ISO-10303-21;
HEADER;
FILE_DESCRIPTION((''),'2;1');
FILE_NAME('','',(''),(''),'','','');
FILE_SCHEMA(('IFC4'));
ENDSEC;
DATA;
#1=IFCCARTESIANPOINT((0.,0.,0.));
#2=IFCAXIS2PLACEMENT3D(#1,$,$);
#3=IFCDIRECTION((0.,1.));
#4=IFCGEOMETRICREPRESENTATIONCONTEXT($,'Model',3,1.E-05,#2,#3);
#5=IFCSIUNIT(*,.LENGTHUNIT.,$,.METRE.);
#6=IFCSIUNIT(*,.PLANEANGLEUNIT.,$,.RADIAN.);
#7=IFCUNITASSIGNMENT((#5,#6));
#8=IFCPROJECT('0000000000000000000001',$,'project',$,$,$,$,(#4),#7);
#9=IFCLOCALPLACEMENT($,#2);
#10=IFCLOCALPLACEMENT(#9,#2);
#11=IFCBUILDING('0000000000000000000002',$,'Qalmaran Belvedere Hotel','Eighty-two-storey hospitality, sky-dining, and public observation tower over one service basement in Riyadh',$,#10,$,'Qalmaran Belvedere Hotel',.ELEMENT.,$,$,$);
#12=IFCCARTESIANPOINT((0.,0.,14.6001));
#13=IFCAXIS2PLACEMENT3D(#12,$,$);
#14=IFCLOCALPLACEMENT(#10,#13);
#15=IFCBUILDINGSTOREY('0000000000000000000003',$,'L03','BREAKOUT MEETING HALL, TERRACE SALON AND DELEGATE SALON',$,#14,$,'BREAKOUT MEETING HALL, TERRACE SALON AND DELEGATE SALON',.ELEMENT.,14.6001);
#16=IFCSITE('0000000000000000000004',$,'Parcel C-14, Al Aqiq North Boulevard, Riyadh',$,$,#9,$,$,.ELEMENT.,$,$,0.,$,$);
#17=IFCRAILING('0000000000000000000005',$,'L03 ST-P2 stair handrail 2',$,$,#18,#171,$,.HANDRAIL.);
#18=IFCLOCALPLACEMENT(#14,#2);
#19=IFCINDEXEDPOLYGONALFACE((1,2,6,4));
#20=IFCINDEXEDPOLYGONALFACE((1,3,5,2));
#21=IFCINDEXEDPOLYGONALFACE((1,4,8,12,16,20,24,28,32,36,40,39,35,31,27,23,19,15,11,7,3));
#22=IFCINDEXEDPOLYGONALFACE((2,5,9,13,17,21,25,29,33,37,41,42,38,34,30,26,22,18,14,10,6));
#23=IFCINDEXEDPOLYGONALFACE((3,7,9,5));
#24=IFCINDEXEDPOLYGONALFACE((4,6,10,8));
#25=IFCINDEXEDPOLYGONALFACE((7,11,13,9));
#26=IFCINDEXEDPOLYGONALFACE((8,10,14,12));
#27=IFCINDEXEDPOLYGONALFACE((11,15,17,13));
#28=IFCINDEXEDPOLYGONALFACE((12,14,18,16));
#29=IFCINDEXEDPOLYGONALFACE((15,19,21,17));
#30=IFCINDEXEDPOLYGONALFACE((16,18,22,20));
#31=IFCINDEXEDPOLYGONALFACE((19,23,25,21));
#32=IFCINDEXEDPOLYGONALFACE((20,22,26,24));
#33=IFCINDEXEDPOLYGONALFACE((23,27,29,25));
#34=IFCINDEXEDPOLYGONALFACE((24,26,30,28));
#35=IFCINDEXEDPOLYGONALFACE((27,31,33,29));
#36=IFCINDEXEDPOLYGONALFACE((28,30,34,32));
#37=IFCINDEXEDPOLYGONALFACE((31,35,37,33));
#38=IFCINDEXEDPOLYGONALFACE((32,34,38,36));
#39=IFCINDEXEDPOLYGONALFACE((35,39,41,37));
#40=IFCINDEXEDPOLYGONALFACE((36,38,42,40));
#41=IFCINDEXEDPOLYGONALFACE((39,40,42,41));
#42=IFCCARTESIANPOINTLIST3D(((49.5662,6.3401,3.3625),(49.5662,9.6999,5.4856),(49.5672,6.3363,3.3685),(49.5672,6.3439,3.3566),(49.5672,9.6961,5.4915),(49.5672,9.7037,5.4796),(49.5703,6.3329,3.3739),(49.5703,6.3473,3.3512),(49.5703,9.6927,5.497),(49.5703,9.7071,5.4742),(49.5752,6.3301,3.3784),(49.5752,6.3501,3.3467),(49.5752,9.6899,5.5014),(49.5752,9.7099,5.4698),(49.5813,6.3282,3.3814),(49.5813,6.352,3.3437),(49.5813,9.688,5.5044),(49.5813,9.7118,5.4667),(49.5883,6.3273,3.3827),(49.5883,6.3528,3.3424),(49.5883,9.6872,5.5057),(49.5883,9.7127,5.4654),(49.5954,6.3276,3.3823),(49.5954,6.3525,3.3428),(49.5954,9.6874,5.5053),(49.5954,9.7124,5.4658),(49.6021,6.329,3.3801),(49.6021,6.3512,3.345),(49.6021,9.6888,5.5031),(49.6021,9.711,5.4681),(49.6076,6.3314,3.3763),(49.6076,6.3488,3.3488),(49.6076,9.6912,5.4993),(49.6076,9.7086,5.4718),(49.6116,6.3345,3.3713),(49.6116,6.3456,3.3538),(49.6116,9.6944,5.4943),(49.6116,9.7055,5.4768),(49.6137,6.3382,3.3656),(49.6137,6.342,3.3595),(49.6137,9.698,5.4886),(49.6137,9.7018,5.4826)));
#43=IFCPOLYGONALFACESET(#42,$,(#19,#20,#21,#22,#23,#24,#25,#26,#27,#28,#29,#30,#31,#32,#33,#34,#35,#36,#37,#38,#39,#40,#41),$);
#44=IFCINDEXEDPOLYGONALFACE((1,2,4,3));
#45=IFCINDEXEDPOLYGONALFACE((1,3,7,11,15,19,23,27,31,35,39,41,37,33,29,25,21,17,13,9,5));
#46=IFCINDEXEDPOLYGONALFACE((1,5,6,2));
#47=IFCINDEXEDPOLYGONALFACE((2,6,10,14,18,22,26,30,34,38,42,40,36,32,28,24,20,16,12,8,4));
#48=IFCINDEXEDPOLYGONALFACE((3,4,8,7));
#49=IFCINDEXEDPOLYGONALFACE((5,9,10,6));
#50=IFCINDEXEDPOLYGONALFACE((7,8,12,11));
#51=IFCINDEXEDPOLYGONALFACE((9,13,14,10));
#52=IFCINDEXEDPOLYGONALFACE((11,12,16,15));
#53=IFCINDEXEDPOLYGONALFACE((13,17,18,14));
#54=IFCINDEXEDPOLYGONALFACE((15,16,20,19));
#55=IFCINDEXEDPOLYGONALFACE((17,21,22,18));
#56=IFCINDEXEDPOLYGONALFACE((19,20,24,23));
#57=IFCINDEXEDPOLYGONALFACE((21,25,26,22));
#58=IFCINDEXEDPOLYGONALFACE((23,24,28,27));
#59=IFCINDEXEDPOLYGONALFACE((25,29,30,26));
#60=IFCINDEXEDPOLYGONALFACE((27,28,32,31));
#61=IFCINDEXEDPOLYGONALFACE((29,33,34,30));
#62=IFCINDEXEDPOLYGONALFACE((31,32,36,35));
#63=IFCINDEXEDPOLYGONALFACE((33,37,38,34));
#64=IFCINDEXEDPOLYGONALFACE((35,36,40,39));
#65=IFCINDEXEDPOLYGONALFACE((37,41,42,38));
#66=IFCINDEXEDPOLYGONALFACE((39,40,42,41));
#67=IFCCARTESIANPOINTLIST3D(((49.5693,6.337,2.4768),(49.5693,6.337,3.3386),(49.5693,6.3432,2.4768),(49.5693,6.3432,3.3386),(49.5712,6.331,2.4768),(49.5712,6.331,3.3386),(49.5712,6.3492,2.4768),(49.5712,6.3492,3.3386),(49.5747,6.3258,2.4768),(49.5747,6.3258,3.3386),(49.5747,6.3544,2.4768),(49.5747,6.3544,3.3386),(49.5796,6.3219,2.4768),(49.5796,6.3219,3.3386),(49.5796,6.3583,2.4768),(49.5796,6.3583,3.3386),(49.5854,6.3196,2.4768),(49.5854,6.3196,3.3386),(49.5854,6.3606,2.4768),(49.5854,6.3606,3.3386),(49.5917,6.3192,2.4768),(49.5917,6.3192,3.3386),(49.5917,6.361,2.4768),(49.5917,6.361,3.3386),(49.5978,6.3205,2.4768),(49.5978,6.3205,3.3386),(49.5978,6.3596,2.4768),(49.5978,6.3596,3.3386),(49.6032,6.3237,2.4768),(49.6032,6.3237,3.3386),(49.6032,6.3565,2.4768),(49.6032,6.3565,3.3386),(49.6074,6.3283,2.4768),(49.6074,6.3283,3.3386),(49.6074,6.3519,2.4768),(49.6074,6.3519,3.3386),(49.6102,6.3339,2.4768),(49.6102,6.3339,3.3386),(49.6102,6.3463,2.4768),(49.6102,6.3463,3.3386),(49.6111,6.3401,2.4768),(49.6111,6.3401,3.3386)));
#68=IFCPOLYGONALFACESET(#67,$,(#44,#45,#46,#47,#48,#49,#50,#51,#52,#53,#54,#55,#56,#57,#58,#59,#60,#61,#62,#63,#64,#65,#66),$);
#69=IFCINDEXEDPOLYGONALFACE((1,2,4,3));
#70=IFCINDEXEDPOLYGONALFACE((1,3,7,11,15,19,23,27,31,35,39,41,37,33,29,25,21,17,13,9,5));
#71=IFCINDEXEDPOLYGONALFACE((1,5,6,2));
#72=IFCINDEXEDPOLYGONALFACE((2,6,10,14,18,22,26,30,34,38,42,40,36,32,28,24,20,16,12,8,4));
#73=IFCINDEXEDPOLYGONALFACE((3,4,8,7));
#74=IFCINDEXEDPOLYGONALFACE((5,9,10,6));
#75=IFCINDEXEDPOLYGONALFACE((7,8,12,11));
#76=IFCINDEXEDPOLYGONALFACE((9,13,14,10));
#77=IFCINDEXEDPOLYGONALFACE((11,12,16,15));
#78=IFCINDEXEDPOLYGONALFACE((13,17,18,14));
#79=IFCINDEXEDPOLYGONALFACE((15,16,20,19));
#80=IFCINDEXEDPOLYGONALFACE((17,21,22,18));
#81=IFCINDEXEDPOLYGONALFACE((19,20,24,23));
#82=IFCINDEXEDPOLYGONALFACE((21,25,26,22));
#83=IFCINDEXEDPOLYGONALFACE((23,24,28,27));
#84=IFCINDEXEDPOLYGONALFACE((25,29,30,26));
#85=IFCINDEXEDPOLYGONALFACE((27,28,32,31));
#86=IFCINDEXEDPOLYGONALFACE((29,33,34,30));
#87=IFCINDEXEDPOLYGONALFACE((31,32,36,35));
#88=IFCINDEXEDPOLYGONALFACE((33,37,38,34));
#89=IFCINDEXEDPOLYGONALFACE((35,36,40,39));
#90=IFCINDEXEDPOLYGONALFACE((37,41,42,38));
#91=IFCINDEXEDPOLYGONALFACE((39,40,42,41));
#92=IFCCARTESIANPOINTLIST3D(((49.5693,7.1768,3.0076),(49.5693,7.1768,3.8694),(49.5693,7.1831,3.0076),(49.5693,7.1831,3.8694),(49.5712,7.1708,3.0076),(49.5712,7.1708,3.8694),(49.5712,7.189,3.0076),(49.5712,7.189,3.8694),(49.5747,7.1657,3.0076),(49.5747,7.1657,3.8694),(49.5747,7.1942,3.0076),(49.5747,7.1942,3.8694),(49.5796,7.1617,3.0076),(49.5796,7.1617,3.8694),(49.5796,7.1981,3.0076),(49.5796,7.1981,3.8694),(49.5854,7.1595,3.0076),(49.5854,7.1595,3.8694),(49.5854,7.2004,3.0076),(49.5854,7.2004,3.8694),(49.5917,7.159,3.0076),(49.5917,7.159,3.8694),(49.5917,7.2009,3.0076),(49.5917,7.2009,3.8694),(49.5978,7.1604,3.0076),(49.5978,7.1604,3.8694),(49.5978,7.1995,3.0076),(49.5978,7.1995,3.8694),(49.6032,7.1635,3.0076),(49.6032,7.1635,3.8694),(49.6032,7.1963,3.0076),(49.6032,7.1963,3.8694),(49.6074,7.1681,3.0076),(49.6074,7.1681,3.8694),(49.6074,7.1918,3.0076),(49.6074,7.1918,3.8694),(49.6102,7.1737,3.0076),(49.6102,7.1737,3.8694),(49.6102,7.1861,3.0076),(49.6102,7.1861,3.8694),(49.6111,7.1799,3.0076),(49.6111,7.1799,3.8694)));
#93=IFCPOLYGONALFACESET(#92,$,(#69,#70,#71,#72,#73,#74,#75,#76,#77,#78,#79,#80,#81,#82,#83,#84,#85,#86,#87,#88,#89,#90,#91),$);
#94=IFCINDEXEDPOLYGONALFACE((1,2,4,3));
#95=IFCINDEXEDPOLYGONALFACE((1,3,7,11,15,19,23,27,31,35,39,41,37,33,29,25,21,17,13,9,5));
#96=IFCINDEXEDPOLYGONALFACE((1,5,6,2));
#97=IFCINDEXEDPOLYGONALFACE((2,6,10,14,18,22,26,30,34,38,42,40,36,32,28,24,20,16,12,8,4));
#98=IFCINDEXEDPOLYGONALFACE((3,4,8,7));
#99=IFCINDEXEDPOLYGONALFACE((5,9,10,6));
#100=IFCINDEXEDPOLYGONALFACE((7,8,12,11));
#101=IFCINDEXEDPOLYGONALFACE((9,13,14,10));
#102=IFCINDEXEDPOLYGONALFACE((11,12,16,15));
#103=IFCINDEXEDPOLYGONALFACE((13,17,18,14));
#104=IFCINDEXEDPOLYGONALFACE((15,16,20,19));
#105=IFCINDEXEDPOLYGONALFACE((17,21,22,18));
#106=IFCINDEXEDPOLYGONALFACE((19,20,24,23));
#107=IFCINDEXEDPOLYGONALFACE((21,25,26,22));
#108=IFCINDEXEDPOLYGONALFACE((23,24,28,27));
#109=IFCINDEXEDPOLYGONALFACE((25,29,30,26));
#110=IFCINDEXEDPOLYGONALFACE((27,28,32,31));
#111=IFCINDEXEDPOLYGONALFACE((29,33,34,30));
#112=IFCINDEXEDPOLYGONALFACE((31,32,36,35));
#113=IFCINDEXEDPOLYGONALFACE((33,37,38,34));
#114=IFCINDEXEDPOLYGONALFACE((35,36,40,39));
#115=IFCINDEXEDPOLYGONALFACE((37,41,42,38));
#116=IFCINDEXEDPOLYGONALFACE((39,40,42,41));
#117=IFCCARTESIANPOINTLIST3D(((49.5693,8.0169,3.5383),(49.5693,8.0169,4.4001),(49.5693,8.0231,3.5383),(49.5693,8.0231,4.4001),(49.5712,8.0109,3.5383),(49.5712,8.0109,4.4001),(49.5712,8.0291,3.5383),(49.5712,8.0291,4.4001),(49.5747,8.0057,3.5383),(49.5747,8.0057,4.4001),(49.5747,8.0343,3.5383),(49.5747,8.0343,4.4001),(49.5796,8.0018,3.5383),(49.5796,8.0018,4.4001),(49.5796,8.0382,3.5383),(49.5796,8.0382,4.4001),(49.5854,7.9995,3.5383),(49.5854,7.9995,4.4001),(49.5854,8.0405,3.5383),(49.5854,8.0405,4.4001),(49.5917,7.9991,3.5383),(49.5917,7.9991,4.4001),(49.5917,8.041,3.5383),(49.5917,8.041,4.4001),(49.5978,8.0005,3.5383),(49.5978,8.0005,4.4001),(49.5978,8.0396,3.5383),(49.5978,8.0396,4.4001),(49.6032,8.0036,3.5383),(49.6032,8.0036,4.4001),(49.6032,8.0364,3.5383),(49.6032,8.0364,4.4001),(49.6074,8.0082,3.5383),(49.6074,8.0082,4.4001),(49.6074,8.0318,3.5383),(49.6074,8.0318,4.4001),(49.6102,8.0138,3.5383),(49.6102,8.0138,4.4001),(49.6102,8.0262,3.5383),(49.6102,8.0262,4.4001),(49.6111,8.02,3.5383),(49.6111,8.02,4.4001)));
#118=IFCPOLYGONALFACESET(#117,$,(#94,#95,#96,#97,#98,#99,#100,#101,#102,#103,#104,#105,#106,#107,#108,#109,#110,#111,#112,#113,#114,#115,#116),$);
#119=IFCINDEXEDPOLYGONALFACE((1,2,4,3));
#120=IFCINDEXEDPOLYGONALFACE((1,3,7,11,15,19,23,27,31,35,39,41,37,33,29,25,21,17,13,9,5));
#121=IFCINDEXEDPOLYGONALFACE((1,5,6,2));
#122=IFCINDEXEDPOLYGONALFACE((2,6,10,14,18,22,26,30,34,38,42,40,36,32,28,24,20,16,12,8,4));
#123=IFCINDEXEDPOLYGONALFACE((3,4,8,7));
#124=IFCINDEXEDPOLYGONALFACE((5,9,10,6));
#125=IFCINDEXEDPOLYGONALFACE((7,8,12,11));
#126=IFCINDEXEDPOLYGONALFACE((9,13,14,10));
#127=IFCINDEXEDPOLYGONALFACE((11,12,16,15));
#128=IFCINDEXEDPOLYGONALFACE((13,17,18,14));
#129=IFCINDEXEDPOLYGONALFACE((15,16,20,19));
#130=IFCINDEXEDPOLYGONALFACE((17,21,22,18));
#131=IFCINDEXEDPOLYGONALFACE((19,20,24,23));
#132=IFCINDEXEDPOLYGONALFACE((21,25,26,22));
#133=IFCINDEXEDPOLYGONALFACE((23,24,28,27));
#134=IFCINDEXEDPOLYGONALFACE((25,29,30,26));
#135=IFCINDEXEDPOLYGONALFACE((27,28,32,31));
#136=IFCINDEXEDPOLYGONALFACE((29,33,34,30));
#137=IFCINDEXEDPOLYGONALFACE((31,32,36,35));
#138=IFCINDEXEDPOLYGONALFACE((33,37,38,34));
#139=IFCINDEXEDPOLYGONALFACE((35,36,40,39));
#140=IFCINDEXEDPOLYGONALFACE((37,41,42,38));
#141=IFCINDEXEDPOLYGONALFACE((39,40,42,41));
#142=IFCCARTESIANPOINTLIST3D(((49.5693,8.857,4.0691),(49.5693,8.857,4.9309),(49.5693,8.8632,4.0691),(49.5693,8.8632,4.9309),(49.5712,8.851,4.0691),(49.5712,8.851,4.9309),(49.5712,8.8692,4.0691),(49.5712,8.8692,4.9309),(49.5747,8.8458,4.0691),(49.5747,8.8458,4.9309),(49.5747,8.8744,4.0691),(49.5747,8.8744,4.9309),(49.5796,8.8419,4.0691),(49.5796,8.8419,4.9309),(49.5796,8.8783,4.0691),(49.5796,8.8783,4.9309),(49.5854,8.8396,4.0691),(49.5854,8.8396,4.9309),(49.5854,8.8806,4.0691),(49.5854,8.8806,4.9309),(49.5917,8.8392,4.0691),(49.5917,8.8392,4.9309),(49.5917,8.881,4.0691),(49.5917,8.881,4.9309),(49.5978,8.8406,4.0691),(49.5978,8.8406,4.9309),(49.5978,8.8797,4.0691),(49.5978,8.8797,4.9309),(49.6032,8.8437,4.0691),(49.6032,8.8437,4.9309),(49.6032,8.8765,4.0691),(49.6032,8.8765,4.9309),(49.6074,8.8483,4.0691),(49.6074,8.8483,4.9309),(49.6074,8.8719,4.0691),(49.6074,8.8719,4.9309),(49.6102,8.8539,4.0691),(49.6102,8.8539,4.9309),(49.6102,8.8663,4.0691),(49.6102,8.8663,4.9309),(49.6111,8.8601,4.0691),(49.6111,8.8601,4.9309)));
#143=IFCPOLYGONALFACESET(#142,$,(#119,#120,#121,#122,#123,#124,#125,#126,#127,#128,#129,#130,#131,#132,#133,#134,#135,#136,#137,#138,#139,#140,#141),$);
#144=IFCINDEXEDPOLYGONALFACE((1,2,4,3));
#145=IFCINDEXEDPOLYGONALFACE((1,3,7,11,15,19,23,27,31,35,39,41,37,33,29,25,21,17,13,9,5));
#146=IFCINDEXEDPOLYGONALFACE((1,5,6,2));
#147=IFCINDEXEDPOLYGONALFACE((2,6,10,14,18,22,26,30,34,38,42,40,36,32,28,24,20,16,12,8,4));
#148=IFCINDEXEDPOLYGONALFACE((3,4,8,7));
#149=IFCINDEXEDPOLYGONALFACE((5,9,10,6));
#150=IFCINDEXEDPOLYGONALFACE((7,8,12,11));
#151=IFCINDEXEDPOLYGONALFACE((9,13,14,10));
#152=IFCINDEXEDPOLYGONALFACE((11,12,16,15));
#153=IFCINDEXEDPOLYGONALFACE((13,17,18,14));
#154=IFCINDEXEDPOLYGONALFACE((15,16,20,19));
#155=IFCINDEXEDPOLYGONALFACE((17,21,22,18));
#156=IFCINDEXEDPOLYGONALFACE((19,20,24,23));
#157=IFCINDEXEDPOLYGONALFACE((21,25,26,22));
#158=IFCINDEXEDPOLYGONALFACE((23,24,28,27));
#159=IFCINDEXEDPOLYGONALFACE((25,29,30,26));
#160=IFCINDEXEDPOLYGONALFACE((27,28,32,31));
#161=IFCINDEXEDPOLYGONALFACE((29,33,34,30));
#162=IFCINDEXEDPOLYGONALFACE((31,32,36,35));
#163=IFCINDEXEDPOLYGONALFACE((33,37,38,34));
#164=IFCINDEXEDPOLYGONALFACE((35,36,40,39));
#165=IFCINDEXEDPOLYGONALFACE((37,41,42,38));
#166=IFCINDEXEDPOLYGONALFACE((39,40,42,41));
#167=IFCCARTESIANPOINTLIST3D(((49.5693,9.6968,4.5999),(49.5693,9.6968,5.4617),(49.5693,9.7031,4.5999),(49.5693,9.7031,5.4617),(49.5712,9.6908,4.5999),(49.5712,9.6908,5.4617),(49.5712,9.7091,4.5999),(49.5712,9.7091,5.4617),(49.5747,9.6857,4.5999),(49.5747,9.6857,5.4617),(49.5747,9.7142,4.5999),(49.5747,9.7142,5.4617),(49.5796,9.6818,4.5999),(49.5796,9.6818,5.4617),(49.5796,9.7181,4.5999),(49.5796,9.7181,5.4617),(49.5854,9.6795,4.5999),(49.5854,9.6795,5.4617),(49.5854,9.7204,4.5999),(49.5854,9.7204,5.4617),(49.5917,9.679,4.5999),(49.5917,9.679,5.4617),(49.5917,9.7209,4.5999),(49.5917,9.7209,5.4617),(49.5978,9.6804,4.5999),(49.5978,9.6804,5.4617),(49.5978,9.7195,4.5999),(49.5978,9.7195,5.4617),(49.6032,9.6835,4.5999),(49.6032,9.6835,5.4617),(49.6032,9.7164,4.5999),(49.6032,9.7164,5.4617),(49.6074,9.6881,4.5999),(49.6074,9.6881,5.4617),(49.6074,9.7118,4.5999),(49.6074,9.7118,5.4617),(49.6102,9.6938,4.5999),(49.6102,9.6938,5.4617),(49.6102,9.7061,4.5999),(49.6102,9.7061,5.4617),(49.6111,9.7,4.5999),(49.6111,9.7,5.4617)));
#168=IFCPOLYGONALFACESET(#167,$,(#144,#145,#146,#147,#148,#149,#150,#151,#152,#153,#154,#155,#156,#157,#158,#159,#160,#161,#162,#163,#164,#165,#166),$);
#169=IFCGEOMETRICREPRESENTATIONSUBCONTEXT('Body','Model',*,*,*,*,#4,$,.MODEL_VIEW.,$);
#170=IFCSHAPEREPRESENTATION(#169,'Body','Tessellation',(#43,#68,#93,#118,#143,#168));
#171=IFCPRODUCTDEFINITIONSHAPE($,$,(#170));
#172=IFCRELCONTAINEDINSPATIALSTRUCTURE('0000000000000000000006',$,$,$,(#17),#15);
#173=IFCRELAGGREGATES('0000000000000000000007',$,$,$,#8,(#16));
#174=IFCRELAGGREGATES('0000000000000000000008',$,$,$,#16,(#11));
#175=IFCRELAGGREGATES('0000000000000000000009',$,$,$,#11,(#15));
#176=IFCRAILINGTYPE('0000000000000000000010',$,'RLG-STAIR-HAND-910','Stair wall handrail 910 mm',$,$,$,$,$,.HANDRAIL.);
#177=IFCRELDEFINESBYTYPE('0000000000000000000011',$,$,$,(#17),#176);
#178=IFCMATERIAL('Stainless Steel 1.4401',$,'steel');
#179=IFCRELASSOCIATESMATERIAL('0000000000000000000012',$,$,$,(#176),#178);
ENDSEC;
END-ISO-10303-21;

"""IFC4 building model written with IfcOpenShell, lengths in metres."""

from ifc_helpers import new_model, si_unit, direction, frame, origin, origin_2d, place, context, subcontext, project, spatial, circle, extrude, material, type_object, element, save


model = new_model("IFC4")

# Units and contexts
model_context = context("Model", 3, precision=1e-05, world=origin(), true_north=direction((0.0, 1.0)))
body_context = subcontext(model_context, "Body", "Model", "MODEL_VIEW")
ifc_project = project(units=[si_unit("LENGTHUNIT", "METRE"), si_unit("PLANEANGLEUNIT", "RADIAN")], contexts=[model_context])

# Site, building, storey
site_placement = place(None, origin())
site = spatial("IfcSite", under=ifc_project, at=site_placement, Name="Parcel C-14, Al Aqiq North Boulevard, Riyadh", CompositionType="ELEMENT", RefElevation=0.0)
building_placement = place(site_placement, origin())
building = spatial("IfcBuilding", under=site, at=building_placement, Name="Qalmaran Belvedere Hotel", Description="Eighty-two-storey hospitality, sky-dining, and public observation tower over one service basement in Riyadh", LongName="Qalmaran Belvedere Hotel", CompositionType="ELEMENT")
storey_placement = place(building_placement, frame((0.0, 0.0, 14.6001)))
storey = spatial("IfcBuildingStorey", under=building, at=storey_placement, Name="L03", Description="BREAKOUT MEETING HALL, TERRACE SALON AND DELEGATE SALON", LongName="BREAKOUT MEETING HALL, TERRACE SALON AND DELEGATE SALON", CompositionType="ELEMENT", Elevation=14.6001)

# Railing
ifc_material_1 = material(Name="Stainless Steel 1.4401", Category="steel")
railing_type_1 = type_object("IfcRailingType", Name="RLG-STAIR-HAND-910", Description="Stair wall handrail 910 mm", PredefinedType="HANDRAIL", material=ifc_material_1)
railing_1_placement = place(storey_placement, frame((49.5901, 6.3401, 2.4768)))
element("IfcRailing", 1, at=railing_1_placement, inside=storey, type_object=railing_type_1, Name="L03 ST-P2 stair handrail 2", PredefinedType="HANDRAIL", context=body_context, shape_type="SweptSolid", body=[
    extrude(circle(Radius=0.0239, at=origin_2d()), frame((0.0, 0.0, 0.8857), z_axis=(0.0, 0.845372, 0.534178), x_axis=(-1.0, 0.0, 0.0)), (0.0, 0.0, 1.0), 3.9744),
    extrude(circle(Radius=0.021, at=origin_2d()), origin(), (0.0, 0.0, 1.0), 0.8618),
    extrude(circle(Radius=0.021, at=origin_2d()), frame((0.0, 0.8398, 0.5308)), (0.0, 0.0, 1.0), 0.8618),
    extrude(circle(Radius=0.021, at=origin_2d()), frame((0.0, 1.6799, 1.0615)), (0.0, 0.0, 1.0), 0.8618),
    extrude(circle(Radius=0.021, at=origin_2d()), frame((0.0, 2.52, 1.5923)), (0.0, 0.0, 1.0), 0.8618),
    extrude(circle(Radius=0.021, at=origin_2d()), frame((0.0, 3.3599, 2.123)), (0.0, 0.0, 1.0), 0.8618),
])

save(model, "model.ifc")
